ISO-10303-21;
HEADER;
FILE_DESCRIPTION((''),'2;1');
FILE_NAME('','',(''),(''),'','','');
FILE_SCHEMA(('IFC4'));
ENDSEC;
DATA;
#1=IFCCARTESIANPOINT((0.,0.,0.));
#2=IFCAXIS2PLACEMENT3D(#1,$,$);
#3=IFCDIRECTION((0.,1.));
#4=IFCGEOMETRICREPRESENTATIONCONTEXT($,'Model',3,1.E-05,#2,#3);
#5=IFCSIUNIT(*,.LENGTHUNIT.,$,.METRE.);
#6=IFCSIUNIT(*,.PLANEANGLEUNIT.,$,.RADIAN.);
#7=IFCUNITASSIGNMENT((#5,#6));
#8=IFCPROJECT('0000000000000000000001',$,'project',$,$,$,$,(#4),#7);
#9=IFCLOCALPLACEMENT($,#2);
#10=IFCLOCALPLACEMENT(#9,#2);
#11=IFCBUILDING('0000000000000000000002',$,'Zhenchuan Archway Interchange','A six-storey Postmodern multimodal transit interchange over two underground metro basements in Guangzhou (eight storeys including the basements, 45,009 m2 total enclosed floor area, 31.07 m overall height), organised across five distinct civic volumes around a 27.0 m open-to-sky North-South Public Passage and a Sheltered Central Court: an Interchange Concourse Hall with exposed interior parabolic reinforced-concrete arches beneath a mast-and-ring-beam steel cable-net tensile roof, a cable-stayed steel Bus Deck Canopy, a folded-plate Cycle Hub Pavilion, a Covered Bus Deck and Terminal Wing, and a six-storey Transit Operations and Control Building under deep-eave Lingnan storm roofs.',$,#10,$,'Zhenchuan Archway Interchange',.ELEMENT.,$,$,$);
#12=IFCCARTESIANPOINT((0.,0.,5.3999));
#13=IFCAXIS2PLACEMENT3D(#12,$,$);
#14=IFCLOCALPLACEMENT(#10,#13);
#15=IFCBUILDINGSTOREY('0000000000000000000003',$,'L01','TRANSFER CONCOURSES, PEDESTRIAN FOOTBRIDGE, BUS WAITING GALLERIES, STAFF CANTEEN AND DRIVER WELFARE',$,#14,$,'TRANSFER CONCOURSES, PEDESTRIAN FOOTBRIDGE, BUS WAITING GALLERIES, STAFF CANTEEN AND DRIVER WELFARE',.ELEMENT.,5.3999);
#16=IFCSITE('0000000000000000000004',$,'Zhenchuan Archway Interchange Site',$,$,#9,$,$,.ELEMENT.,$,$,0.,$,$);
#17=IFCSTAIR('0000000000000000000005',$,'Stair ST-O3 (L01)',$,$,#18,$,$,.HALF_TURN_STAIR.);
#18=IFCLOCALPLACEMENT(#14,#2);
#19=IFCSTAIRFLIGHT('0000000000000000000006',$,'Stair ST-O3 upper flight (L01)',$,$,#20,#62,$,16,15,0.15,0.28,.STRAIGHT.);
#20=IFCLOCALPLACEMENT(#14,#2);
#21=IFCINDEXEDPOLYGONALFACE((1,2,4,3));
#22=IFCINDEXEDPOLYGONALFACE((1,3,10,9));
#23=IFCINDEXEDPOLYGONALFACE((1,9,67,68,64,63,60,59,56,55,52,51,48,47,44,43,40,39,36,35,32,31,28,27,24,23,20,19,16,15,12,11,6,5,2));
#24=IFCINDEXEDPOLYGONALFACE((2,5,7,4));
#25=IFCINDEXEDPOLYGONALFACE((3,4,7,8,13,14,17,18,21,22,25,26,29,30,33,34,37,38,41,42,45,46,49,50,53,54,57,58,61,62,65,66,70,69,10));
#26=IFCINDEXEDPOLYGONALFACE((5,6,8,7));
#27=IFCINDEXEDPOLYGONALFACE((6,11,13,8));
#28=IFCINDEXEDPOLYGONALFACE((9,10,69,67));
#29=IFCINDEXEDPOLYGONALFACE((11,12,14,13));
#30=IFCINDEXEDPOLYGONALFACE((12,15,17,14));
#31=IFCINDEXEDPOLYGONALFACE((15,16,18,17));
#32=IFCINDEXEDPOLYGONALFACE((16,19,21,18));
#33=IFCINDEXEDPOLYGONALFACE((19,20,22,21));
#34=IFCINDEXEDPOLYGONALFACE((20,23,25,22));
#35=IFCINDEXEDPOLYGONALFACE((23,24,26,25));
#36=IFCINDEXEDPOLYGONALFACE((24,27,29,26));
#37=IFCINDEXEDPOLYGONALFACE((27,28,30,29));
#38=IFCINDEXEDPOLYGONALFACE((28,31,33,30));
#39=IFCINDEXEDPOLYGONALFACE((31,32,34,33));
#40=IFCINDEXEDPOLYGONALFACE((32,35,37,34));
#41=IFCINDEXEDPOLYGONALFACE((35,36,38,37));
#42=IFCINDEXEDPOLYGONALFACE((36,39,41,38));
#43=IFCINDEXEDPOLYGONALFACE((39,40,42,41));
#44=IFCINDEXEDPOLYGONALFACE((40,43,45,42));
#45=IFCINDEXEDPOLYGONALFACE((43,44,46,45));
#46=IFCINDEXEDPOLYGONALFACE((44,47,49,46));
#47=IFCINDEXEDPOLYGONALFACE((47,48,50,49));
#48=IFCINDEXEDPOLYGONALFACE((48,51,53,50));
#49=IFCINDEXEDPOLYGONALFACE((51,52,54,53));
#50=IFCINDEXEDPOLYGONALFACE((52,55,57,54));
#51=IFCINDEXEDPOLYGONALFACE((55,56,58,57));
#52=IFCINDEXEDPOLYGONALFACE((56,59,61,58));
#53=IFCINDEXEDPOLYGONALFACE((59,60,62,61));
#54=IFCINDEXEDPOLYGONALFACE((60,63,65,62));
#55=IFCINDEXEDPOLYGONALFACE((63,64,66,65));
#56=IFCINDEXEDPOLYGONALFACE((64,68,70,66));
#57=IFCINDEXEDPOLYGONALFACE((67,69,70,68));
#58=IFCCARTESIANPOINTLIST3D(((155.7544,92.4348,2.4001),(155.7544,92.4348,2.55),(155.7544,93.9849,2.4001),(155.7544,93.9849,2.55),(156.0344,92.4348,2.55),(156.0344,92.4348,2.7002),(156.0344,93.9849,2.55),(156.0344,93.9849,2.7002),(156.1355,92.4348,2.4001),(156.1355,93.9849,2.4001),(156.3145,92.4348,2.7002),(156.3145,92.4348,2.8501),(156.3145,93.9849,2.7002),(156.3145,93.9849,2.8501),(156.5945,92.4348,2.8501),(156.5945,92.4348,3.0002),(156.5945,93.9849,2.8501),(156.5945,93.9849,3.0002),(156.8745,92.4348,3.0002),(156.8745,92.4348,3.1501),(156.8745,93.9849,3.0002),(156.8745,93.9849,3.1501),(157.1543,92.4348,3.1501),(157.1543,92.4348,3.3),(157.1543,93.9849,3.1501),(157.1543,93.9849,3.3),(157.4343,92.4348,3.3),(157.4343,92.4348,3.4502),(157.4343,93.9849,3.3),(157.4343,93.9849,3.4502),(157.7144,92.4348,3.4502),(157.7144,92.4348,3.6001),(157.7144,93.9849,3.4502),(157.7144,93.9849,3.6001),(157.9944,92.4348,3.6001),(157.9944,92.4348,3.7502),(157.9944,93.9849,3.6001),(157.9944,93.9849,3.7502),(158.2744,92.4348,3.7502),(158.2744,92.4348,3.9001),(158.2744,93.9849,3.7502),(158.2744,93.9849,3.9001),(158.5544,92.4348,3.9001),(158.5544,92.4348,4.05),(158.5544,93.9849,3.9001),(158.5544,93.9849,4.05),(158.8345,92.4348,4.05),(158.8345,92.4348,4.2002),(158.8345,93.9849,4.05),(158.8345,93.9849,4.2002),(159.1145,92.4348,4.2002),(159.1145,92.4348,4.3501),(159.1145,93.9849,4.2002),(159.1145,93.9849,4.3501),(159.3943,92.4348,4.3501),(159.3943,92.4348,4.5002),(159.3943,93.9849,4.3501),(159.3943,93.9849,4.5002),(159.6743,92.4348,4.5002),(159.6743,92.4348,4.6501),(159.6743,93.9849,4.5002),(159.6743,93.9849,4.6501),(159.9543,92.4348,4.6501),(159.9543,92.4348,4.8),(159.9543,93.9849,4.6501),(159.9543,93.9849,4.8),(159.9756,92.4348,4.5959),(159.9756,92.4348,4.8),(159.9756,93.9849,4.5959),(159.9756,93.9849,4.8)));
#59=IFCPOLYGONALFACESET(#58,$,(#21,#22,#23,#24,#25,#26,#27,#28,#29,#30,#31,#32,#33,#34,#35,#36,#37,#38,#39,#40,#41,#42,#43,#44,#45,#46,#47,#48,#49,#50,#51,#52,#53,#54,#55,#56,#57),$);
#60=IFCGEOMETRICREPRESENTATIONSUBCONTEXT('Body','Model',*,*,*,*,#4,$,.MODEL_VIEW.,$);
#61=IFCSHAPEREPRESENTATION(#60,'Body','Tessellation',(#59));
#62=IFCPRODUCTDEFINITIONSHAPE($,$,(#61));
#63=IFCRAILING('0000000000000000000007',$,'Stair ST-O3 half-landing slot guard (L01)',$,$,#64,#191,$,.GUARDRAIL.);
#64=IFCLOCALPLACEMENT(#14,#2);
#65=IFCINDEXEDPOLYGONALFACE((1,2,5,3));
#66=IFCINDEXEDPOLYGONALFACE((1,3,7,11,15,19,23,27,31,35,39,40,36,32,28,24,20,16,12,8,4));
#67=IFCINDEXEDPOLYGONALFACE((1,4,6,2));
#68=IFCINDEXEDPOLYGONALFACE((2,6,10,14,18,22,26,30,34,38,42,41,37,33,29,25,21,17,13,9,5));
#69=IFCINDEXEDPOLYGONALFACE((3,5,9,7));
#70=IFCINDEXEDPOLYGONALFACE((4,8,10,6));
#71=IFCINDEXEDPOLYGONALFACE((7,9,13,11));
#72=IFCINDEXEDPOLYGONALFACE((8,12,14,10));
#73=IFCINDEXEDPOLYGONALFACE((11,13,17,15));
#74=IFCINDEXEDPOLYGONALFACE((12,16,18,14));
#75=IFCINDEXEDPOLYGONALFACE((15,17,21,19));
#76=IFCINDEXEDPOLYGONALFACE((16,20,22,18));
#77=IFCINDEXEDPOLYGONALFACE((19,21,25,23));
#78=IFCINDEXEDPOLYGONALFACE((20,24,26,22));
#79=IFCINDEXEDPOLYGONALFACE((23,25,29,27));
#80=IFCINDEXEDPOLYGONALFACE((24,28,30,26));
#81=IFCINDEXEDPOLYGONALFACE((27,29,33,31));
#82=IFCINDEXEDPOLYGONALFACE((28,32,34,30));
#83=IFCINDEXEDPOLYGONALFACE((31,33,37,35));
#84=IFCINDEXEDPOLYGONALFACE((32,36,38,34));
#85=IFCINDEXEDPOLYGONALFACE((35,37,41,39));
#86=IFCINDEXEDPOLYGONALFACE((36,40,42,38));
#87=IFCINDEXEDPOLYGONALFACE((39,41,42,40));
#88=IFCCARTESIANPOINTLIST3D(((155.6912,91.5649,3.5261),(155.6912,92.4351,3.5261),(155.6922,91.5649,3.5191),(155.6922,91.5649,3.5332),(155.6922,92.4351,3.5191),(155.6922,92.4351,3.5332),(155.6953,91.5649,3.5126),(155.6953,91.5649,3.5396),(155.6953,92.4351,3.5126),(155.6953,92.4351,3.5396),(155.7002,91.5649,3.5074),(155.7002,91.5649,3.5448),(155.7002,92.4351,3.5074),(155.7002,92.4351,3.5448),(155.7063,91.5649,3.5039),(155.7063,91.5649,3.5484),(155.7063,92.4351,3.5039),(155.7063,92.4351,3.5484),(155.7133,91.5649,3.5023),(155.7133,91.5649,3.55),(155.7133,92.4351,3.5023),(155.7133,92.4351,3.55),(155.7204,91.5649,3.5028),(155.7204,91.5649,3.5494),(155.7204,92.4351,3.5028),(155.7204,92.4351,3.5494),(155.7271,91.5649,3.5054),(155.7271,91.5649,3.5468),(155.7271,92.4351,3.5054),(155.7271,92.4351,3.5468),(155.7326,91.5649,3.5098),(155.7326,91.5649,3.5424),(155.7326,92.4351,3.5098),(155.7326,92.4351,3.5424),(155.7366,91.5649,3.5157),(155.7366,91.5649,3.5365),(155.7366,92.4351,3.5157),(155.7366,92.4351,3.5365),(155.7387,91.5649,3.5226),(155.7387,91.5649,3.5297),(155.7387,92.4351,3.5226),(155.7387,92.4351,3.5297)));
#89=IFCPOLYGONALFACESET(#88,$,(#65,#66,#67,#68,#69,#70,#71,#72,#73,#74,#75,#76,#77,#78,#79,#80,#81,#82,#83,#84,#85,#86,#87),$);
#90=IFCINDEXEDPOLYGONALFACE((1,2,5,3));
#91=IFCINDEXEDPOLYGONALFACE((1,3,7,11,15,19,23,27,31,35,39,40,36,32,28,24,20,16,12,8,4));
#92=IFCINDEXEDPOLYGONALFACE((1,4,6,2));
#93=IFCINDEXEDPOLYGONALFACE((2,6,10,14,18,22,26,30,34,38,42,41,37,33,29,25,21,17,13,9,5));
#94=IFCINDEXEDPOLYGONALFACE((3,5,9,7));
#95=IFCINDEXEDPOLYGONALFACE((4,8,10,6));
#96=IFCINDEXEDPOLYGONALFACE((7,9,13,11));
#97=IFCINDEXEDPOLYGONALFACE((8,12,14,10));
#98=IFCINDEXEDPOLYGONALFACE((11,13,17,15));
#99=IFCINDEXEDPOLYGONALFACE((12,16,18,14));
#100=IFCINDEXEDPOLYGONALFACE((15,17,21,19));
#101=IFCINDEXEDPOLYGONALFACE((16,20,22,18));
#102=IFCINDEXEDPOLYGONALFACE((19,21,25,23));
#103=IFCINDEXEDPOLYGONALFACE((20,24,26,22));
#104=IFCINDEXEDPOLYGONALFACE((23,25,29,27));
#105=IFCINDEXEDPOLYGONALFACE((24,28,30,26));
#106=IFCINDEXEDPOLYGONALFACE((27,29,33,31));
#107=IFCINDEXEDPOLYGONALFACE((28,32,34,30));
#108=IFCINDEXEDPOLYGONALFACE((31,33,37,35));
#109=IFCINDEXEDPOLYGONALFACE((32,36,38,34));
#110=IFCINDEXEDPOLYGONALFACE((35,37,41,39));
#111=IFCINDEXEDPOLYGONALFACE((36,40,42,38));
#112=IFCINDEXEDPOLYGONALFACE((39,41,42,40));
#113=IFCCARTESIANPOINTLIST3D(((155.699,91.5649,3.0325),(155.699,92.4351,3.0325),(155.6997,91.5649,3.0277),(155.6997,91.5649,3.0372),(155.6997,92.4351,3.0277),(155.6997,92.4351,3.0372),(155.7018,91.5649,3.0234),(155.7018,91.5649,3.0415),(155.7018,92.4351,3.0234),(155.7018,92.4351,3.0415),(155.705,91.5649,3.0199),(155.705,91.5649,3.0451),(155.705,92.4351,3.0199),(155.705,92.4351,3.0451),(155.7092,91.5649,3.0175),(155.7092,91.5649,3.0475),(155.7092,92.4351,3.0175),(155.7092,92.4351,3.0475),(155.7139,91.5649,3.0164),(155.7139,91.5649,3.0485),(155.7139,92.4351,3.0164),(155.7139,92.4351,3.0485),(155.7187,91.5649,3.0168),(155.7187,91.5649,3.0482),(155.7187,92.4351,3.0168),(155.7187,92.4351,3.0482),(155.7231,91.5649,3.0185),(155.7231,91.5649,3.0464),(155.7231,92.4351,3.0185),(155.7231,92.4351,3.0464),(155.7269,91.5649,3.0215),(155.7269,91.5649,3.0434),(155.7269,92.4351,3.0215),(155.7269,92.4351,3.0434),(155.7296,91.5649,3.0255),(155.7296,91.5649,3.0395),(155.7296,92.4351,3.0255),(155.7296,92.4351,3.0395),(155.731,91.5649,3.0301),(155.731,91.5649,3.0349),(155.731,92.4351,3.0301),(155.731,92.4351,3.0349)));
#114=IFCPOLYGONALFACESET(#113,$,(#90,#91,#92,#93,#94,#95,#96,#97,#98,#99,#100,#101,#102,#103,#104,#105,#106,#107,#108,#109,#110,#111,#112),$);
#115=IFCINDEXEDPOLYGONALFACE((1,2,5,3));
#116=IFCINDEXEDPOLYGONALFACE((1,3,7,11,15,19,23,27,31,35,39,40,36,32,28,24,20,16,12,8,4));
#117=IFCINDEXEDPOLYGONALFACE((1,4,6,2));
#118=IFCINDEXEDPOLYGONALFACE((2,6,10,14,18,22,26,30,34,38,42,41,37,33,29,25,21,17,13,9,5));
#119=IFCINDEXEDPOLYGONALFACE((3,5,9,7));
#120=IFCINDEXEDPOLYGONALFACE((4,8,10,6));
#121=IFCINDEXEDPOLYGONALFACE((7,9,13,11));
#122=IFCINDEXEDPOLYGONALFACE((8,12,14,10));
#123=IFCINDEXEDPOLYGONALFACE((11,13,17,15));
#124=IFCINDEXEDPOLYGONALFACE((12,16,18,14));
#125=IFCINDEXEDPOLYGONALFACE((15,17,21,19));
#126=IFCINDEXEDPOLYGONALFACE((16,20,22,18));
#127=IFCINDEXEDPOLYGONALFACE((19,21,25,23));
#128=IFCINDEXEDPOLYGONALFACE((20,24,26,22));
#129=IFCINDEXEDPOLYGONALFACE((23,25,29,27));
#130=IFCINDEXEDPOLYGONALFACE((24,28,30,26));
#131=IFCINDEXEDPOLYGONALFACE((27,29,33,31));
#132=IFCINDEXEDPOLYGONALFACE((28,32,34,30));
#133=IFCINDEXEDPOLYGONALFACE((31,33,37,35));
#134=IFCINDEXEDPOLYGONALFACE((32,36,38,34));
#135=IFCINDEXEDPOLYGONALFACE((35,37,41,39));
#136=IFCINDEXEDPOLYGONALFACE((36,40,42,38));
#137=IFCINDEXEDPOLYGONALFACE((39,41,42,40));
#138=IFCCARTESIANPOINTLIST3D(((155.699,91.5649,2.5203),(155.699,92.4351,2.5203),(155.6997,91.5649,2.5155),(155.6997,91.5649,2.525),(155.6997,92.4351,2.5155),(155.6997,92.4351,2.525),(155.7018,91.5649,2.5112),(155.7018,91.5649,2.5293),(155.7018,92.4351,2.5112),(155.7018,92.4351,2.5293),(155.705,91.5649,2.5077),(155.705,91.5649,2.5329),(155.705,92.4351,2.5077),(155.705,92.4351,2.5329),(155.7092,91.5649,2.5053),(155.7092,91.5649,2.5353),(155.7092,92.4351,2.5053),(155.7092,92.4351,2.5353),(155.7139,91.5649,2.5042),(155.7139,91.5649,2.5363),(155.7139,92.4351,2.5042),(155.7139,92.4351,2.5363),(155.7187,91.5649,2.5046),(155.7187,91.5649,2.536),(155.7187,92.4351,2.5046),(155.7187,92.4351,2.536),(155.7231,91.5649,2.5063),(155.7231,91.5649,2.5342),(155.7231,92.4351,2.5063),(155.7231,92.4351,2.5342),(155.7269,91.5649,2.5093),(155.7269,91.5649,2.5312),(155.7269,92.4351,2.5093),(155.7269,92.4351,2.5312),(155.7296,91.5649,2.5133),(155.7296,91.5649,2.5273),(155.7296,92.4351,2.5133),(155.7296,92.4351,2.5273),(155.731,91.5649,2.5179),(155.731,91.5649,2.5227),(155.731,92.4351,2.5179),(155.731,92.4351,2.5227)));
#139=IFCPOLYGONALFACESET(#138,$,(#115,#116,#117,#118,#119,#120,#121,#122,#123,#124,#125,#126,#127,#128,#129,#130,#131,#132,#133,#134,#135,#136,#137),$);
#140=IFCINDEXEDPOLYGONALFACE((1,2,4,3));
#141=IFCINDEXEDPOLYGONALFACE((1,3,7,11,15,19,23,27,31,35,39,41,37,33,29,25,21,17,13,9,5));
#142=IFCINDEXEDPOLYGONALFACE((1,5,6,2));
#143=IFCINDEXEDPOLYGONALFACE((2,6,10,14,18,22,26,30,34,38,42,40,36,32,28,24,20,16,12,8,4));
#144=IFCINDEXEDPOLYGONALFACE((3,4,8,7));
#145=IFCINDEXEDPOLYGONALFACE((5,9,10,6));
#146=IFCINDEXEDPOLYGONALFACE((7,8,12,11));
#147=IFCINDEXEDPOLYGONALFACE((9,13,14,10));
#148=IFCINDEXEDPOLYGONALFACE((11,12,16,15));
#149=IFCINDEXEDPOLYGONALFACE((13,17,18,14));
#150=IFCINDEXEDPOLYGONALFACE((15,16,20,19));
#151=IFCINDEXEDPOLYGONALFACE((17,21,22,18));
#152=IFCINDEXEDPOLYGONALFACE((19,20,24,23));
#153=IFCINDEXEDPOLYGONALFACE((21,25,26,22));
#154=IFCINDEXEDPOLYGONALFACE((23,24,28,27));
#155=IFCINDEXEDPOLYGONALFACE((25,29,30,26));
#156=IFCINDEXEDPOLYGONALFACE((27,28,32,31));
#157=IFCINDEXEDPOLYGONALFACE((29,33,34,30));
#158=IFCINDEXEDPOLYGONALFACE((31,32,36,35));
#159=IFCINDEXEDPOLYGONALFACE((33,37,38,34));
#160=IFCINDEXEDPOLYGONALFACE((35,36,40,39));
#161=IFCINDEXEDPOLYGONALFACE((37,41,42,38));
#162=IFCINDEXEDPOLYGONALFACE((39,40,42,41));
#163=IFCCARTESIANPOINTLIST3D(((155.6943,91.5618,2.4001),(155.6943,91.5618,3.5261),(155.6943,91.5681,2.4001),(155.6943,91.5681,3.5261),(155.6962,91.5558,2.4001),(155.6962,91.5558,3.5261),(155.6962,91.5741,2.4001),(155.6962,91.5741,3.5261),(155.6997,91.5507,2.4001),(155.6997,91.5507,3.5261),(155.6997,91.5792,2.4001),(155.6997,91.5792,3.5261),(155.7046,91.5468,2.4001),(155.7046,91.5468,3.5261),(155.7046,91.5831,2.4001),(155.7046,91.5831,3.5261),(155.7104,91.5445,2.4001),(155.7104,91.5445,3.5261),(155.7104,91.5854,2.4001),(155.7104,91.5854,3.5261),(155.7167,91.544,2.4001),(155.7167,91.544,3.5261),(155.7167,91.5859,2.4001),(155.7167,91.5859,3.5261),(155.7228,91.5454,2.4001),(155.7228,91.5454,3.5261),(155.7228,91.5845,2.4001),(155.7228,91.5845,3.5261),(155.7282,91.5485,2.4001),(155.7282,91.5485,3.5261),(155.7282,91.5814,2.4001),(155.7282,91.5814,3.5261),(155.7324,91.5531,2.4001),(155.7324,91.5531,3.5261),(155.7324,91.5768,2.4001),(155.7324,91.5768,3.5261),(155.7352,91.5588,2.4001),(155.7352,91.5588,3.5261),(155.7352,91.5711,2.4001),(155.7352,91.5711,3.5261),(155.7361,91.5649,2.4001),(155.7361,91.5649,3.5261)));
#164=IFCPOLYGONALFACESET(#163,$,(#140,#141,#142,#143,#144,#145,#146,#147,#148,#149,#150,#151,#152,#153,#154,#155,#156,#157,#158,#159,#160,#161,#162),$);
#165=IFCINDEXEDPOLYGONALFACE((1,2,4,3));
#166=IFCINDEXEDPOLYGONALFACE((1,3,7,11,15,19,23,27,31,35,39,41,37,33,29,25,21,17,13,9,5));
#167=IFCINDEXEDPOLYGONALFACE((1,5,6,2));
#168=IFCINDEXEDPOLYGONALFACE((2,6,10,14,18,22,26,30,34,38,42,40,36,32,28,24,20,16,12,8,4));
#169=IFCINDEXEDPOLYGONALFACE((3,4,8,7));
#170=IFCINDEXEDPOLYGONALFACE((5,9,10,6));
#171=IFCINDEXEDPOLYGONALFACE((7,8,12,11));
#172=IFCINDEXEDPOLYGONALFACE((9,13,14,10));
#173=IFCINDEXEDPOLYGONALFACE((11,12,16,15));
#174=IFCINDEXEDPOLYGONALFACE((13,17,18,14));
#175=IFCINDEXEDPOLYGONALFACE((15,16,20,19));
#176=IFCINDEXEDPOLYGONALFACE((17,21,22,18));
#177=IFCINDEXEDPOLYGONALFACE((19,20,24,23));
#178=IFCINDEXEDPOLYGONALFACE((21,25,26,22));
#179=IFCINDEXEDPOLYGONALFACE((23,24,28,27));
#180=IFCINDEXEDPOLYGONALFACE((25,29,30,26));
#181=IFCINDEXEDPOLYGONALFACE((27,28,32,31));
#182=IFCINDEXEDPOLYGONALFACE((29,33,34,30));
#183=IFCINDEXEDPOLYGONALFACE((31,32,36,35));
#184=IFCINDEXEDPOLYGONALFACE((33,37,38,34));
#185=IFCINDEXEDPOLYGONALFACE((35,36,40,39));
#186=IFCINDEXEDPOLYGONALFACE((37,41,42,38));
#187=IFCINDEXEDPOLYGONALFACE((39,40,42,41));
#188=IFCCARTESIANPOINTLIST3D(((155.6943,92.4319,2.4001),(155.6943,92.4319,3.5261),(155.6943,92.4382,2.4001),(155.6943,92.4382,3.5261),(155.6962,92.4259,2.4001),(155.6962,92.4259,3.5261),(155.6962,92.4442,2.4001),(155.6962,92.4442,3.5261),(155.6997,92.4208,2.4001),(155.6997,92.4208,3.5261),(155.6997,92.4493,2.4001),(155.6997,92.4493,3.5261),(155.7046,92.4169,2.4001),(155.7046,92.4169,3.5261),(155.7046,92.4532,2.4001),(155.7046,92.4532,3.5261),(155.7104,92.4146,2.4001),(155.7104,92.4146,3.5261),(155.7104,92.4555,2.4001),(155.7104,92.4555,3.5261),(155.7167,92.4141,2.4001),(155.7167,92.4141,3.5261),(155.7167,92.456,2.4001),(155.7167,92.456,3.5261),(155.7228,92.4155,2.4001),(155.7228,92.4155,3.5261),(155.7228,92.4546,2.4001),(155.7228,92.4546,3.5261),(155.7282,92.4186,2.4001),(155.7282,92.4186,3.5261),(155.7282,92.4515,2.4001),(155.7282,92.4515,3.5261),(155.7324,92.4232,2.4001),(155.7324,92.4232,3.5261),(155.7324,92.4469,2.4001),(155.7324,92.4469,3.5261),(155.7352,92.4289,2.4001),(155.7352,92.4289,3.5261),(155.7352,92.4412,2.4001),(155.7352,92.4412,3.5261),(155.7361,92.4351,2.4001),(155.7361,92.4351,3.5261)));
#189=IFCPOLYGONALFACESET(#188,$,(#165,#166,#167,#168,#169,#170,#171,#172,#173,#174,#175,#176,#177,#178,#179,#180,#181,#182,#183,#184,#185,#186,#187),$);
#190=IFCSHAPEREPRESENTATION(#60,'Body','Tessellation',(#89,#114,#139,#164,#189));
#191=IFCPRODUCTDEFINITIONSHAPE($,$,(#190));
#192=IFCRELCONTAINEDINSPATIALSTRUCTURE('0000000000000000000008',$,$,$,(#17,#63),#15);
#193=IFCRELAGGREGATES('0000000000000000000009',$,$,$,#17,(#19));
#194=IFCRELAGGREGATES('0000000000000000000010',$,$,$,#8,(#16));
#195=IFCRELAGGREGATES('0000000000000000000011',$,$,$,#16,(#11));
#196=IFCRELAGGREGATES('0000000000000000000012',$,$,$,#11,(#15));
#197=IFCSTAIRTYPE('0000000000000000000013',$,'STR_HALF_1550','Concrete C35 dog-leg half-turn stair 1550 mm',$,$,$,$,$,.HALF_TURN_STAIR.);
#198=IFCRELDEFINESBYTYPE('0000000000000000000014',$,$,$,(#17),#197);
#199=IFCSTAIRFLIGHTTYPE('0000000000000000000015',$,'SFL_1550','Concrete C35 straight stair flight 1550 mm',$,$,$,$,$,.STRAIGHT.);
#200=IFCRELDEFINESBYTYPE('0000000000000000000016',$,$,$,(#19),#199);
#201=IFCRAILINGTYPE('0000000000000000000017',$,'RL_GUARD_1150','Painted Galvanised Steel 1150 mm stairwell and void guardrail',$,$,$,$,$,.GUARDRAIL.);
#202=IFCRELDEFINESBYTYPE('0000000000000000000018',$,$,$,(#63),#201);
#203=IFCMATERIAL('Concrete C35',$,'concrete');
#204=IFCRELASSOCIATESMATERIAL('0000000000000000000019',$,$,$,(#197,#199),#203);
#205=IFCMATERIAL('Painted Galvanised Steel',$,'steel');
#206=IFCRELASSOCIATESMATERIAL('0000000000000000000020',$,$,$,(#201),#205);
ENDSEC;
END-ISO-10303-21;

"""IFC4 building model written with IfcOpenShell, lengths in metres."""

from ifc_helpers import new_model, si_unit, direction, frame, origin, origin_2d, place, context, subcontext, project, spatial, polyline, circle, outline, extrude, material, type_object, element, aggregate, save


model = new_model("IFC4")

# Units and contexts
model_context = context("Model", 3, precision=1e-05, world=origin(), true_north=direction((0.0, 1.0)))
body_context = subcontext(model_context, "Body", "Model", "MODEL_VIEW")
ifc_project = project(units=[si_unit("LENGTHUNIT", "METRE"), si_unit("PLANEANGLEUNIT", "RADIAN")], contexts=[model_context])

# Site, building, storey
site_placement = place(None, origin())
site = spatial("IfcSite", under=ifc_project, at=site_placement, Name="Zhenchuan Archway Interchange Site", CompositionType="ELEMENT", RefElevation=0.0)
building_placement = place(site_placement, origin())
building = spatial("IfcBuilding", under=site, at=building_placement, Name="Zhenchuan Archway Interchange", Description="A six-storey Postmodern multimodal transit interchange over two underground metro basements in Guangzhou (eight storeys including the basements, 45,009 m2 total enclosed floor area, 31.07 m overall height), organised across five distinct civic volumes around a 27.0 m open-to-sky North-South Public Passage and a Sheltered Central Court: an Interchange Concourse Hall with exposed interior parabolic reinforced-concrete arches beneath a mast-and-ring-beam steel cable-net tensile roof, a cable-stayed steel Bus Deck Canopy, a folded-plate Cycle Hub Pavilion, a Covered Bus Deck and Terminal Wing, and a six-storey Transit Operations and Control Building under deep-eave Lingnan storm roofs.", LongName="Zhenchuan Archway Interchange", CompositionType="ELEMENT")
storey_placement = place(building_placement, frame((0.0, 0.0, 5.3999)))
storey = spatial("IfcBuildingStorey", under=building, at=storey_placement, Name="L01", Description="TRANSFER CONCOURSES, PEDESTRIAN FOOTBRIDGE, BUS WAITING GALLERIES, STAFF CANTEEN AND DRIVER WELFARE", LongName="TRANSFER CONCOURSES, PEDESTRIAN FOOTBRIDGE, BUS WAITING GALLERIES, STAFF CANTEEN AND DRIVER WELFARE", CompositionType="ELEMENT", Elevation=5.3999)

# Shared definitions
ifc_material_1 = material(Name="Painted Galvanised Steel", Category="steel")

# Stair, stair flight
ifc_material_2 = material(Name="Concrete C35", Category="concrete")
stair_type = type_object("IfcStairType", Name="STR_HALF_1550", Description="Concrete C35 dog-leg half-turn stair 1550 mm", PredefinedType="HALF_TURN_STAIR", material=ifc_material_2)
stair_placement = place(storey_placement, origin())
stair = element("IfcStair", 1, at=stair_placement, inside=storey, type_object=stair_type, Name="Stair ST-O3 (L01)", PredefinedType="HALF_TURN_STAIR")
stair_flight_type = type_object("IfcStairFlightType", Name="SFL_1550", Description="Concrete C35 straight stair flight 1550 mm", PredefinedType="STRAIGHT", material=ifc_material_2)
stair_flight_1_placement = place(storey_placement, frame((155.7544, 93.21, 2.4001), z_axis=(0.0, 0.0, 1.0), x_axis=(1.0, 0.0, 0.0)))
stair_flight_1 = element("IfcStairFlight", 2, at=stair_flight_1_placement, type_object=stair_flight_type, Name="Stair ST-O3 upper flight (L01)", NumberOfRisers=16, NumberOfTreads=15, PredefinedType="STRAIGHT", RiserHeight=0.15, TreadLength=0.28, context=body_context, shape_type="SweptSolid", body=[
    extrude(outline(polyline([(0.0, 0.0), (0.0, 0.1499), (0.28, 0.1499), (0.28, 0.3), (0.5601, 0.3), (0.5601, 0.45), (0.8401, 0.45), (0.8401, 0.6001), (1.1201, 0.6001), (1.1201, 0.75), (1.3999, 0.75), (1.3999, 0.8999), (1.6799, 0.8999), (1.6799, 1.05), (1.96, 1.05), (1.96, 1.2), (2.24, 1.2), (2.24, 1.3501), (2.52, 1.3501), (2.52, 1.5), (2.8, 1.5), (2.8, 1.6499), (3.0801, 1.6499), (3.0801, 1.8), (3.3601, 1.8), (3.3601, 1.95), (3.6399, 1.95), (3.6399, 2.1001), (3.9199, 2.1001), (3.9199, 2.25), (4.2, 2.25), (4.2, 2.3999), (4.2212, 2.3999), (4.2212, 2.1958), (0.3811, 0.0), (0.0, 0.0)])), frame((0.0, 0.7749, 0.0), z_axis=(0.0, -1.0, 0.0), x_axis=(1.0, 0.0, 0.0)), (0.0, 0.0, 1.0), 1.55),
])
aggregate(stair, [stair_flight_1])

# Railing
railing_type_1 = type_object("IfcRailingType", Name="RL_GUARD_1150", Description="Painted Galvanised Steel 1150 mm stairwell and void guardrail", PredefinedType="GUARDRAIL", material=ifc_material_1)
for number, where, name in (
    (3, (155.7151, 91.5649, 2.4001), "Stair ST-O3 half-landing slot guard (L01)"),
):
    element("IfcRailing", number, at=place(storey_placement, frame(where)), inside=storey, type_object=railing_type_1, Name=name, PredefinedType="GUARDRAIL", context=body_context, shape_type="SweptSolid", body=[
        extrude(circle(Radius=0.0239, at=origin_2d()), frame((0.0, 0.0, 1.126), z_axis=(0.0, 1.0, 0.0), x_axis=(-1.0, 0.0, 0.0)), (0.0, 0.0, 1.0), 0.8701),
        extrude(circle(Radius=0.0161, at=origin_2d()), frame((0.0, 0.0, 0.6323), z_axis=(0.0, 1.0, 0.0), x_axis=(-1.0, 0.0, 0.0)), (0.0, 0.0, 1.0), 0.8701),
        extrude(circle(Radius=0.0161, at=origin_2d()), frame((0.0, 0.0, 0.1201), z_axis=(0.0, 1.0, 0.0), x_axis=(-1.0, 0.0, 0.0)), (0.0, 0.0, 1.0), 0.8701),
        extrude(circle(Radius=0.021, at=origin_2d()), origin(), (0.0, 0.0, 1.0), 1.126),
        extrude(circle(Radius=0.021, at=origin_2d()), frame((0.0, 0.8701, 0.0)), (0.0, 0.0, 1.0), 1.126),
    ])

save(model, "model.ifc")
